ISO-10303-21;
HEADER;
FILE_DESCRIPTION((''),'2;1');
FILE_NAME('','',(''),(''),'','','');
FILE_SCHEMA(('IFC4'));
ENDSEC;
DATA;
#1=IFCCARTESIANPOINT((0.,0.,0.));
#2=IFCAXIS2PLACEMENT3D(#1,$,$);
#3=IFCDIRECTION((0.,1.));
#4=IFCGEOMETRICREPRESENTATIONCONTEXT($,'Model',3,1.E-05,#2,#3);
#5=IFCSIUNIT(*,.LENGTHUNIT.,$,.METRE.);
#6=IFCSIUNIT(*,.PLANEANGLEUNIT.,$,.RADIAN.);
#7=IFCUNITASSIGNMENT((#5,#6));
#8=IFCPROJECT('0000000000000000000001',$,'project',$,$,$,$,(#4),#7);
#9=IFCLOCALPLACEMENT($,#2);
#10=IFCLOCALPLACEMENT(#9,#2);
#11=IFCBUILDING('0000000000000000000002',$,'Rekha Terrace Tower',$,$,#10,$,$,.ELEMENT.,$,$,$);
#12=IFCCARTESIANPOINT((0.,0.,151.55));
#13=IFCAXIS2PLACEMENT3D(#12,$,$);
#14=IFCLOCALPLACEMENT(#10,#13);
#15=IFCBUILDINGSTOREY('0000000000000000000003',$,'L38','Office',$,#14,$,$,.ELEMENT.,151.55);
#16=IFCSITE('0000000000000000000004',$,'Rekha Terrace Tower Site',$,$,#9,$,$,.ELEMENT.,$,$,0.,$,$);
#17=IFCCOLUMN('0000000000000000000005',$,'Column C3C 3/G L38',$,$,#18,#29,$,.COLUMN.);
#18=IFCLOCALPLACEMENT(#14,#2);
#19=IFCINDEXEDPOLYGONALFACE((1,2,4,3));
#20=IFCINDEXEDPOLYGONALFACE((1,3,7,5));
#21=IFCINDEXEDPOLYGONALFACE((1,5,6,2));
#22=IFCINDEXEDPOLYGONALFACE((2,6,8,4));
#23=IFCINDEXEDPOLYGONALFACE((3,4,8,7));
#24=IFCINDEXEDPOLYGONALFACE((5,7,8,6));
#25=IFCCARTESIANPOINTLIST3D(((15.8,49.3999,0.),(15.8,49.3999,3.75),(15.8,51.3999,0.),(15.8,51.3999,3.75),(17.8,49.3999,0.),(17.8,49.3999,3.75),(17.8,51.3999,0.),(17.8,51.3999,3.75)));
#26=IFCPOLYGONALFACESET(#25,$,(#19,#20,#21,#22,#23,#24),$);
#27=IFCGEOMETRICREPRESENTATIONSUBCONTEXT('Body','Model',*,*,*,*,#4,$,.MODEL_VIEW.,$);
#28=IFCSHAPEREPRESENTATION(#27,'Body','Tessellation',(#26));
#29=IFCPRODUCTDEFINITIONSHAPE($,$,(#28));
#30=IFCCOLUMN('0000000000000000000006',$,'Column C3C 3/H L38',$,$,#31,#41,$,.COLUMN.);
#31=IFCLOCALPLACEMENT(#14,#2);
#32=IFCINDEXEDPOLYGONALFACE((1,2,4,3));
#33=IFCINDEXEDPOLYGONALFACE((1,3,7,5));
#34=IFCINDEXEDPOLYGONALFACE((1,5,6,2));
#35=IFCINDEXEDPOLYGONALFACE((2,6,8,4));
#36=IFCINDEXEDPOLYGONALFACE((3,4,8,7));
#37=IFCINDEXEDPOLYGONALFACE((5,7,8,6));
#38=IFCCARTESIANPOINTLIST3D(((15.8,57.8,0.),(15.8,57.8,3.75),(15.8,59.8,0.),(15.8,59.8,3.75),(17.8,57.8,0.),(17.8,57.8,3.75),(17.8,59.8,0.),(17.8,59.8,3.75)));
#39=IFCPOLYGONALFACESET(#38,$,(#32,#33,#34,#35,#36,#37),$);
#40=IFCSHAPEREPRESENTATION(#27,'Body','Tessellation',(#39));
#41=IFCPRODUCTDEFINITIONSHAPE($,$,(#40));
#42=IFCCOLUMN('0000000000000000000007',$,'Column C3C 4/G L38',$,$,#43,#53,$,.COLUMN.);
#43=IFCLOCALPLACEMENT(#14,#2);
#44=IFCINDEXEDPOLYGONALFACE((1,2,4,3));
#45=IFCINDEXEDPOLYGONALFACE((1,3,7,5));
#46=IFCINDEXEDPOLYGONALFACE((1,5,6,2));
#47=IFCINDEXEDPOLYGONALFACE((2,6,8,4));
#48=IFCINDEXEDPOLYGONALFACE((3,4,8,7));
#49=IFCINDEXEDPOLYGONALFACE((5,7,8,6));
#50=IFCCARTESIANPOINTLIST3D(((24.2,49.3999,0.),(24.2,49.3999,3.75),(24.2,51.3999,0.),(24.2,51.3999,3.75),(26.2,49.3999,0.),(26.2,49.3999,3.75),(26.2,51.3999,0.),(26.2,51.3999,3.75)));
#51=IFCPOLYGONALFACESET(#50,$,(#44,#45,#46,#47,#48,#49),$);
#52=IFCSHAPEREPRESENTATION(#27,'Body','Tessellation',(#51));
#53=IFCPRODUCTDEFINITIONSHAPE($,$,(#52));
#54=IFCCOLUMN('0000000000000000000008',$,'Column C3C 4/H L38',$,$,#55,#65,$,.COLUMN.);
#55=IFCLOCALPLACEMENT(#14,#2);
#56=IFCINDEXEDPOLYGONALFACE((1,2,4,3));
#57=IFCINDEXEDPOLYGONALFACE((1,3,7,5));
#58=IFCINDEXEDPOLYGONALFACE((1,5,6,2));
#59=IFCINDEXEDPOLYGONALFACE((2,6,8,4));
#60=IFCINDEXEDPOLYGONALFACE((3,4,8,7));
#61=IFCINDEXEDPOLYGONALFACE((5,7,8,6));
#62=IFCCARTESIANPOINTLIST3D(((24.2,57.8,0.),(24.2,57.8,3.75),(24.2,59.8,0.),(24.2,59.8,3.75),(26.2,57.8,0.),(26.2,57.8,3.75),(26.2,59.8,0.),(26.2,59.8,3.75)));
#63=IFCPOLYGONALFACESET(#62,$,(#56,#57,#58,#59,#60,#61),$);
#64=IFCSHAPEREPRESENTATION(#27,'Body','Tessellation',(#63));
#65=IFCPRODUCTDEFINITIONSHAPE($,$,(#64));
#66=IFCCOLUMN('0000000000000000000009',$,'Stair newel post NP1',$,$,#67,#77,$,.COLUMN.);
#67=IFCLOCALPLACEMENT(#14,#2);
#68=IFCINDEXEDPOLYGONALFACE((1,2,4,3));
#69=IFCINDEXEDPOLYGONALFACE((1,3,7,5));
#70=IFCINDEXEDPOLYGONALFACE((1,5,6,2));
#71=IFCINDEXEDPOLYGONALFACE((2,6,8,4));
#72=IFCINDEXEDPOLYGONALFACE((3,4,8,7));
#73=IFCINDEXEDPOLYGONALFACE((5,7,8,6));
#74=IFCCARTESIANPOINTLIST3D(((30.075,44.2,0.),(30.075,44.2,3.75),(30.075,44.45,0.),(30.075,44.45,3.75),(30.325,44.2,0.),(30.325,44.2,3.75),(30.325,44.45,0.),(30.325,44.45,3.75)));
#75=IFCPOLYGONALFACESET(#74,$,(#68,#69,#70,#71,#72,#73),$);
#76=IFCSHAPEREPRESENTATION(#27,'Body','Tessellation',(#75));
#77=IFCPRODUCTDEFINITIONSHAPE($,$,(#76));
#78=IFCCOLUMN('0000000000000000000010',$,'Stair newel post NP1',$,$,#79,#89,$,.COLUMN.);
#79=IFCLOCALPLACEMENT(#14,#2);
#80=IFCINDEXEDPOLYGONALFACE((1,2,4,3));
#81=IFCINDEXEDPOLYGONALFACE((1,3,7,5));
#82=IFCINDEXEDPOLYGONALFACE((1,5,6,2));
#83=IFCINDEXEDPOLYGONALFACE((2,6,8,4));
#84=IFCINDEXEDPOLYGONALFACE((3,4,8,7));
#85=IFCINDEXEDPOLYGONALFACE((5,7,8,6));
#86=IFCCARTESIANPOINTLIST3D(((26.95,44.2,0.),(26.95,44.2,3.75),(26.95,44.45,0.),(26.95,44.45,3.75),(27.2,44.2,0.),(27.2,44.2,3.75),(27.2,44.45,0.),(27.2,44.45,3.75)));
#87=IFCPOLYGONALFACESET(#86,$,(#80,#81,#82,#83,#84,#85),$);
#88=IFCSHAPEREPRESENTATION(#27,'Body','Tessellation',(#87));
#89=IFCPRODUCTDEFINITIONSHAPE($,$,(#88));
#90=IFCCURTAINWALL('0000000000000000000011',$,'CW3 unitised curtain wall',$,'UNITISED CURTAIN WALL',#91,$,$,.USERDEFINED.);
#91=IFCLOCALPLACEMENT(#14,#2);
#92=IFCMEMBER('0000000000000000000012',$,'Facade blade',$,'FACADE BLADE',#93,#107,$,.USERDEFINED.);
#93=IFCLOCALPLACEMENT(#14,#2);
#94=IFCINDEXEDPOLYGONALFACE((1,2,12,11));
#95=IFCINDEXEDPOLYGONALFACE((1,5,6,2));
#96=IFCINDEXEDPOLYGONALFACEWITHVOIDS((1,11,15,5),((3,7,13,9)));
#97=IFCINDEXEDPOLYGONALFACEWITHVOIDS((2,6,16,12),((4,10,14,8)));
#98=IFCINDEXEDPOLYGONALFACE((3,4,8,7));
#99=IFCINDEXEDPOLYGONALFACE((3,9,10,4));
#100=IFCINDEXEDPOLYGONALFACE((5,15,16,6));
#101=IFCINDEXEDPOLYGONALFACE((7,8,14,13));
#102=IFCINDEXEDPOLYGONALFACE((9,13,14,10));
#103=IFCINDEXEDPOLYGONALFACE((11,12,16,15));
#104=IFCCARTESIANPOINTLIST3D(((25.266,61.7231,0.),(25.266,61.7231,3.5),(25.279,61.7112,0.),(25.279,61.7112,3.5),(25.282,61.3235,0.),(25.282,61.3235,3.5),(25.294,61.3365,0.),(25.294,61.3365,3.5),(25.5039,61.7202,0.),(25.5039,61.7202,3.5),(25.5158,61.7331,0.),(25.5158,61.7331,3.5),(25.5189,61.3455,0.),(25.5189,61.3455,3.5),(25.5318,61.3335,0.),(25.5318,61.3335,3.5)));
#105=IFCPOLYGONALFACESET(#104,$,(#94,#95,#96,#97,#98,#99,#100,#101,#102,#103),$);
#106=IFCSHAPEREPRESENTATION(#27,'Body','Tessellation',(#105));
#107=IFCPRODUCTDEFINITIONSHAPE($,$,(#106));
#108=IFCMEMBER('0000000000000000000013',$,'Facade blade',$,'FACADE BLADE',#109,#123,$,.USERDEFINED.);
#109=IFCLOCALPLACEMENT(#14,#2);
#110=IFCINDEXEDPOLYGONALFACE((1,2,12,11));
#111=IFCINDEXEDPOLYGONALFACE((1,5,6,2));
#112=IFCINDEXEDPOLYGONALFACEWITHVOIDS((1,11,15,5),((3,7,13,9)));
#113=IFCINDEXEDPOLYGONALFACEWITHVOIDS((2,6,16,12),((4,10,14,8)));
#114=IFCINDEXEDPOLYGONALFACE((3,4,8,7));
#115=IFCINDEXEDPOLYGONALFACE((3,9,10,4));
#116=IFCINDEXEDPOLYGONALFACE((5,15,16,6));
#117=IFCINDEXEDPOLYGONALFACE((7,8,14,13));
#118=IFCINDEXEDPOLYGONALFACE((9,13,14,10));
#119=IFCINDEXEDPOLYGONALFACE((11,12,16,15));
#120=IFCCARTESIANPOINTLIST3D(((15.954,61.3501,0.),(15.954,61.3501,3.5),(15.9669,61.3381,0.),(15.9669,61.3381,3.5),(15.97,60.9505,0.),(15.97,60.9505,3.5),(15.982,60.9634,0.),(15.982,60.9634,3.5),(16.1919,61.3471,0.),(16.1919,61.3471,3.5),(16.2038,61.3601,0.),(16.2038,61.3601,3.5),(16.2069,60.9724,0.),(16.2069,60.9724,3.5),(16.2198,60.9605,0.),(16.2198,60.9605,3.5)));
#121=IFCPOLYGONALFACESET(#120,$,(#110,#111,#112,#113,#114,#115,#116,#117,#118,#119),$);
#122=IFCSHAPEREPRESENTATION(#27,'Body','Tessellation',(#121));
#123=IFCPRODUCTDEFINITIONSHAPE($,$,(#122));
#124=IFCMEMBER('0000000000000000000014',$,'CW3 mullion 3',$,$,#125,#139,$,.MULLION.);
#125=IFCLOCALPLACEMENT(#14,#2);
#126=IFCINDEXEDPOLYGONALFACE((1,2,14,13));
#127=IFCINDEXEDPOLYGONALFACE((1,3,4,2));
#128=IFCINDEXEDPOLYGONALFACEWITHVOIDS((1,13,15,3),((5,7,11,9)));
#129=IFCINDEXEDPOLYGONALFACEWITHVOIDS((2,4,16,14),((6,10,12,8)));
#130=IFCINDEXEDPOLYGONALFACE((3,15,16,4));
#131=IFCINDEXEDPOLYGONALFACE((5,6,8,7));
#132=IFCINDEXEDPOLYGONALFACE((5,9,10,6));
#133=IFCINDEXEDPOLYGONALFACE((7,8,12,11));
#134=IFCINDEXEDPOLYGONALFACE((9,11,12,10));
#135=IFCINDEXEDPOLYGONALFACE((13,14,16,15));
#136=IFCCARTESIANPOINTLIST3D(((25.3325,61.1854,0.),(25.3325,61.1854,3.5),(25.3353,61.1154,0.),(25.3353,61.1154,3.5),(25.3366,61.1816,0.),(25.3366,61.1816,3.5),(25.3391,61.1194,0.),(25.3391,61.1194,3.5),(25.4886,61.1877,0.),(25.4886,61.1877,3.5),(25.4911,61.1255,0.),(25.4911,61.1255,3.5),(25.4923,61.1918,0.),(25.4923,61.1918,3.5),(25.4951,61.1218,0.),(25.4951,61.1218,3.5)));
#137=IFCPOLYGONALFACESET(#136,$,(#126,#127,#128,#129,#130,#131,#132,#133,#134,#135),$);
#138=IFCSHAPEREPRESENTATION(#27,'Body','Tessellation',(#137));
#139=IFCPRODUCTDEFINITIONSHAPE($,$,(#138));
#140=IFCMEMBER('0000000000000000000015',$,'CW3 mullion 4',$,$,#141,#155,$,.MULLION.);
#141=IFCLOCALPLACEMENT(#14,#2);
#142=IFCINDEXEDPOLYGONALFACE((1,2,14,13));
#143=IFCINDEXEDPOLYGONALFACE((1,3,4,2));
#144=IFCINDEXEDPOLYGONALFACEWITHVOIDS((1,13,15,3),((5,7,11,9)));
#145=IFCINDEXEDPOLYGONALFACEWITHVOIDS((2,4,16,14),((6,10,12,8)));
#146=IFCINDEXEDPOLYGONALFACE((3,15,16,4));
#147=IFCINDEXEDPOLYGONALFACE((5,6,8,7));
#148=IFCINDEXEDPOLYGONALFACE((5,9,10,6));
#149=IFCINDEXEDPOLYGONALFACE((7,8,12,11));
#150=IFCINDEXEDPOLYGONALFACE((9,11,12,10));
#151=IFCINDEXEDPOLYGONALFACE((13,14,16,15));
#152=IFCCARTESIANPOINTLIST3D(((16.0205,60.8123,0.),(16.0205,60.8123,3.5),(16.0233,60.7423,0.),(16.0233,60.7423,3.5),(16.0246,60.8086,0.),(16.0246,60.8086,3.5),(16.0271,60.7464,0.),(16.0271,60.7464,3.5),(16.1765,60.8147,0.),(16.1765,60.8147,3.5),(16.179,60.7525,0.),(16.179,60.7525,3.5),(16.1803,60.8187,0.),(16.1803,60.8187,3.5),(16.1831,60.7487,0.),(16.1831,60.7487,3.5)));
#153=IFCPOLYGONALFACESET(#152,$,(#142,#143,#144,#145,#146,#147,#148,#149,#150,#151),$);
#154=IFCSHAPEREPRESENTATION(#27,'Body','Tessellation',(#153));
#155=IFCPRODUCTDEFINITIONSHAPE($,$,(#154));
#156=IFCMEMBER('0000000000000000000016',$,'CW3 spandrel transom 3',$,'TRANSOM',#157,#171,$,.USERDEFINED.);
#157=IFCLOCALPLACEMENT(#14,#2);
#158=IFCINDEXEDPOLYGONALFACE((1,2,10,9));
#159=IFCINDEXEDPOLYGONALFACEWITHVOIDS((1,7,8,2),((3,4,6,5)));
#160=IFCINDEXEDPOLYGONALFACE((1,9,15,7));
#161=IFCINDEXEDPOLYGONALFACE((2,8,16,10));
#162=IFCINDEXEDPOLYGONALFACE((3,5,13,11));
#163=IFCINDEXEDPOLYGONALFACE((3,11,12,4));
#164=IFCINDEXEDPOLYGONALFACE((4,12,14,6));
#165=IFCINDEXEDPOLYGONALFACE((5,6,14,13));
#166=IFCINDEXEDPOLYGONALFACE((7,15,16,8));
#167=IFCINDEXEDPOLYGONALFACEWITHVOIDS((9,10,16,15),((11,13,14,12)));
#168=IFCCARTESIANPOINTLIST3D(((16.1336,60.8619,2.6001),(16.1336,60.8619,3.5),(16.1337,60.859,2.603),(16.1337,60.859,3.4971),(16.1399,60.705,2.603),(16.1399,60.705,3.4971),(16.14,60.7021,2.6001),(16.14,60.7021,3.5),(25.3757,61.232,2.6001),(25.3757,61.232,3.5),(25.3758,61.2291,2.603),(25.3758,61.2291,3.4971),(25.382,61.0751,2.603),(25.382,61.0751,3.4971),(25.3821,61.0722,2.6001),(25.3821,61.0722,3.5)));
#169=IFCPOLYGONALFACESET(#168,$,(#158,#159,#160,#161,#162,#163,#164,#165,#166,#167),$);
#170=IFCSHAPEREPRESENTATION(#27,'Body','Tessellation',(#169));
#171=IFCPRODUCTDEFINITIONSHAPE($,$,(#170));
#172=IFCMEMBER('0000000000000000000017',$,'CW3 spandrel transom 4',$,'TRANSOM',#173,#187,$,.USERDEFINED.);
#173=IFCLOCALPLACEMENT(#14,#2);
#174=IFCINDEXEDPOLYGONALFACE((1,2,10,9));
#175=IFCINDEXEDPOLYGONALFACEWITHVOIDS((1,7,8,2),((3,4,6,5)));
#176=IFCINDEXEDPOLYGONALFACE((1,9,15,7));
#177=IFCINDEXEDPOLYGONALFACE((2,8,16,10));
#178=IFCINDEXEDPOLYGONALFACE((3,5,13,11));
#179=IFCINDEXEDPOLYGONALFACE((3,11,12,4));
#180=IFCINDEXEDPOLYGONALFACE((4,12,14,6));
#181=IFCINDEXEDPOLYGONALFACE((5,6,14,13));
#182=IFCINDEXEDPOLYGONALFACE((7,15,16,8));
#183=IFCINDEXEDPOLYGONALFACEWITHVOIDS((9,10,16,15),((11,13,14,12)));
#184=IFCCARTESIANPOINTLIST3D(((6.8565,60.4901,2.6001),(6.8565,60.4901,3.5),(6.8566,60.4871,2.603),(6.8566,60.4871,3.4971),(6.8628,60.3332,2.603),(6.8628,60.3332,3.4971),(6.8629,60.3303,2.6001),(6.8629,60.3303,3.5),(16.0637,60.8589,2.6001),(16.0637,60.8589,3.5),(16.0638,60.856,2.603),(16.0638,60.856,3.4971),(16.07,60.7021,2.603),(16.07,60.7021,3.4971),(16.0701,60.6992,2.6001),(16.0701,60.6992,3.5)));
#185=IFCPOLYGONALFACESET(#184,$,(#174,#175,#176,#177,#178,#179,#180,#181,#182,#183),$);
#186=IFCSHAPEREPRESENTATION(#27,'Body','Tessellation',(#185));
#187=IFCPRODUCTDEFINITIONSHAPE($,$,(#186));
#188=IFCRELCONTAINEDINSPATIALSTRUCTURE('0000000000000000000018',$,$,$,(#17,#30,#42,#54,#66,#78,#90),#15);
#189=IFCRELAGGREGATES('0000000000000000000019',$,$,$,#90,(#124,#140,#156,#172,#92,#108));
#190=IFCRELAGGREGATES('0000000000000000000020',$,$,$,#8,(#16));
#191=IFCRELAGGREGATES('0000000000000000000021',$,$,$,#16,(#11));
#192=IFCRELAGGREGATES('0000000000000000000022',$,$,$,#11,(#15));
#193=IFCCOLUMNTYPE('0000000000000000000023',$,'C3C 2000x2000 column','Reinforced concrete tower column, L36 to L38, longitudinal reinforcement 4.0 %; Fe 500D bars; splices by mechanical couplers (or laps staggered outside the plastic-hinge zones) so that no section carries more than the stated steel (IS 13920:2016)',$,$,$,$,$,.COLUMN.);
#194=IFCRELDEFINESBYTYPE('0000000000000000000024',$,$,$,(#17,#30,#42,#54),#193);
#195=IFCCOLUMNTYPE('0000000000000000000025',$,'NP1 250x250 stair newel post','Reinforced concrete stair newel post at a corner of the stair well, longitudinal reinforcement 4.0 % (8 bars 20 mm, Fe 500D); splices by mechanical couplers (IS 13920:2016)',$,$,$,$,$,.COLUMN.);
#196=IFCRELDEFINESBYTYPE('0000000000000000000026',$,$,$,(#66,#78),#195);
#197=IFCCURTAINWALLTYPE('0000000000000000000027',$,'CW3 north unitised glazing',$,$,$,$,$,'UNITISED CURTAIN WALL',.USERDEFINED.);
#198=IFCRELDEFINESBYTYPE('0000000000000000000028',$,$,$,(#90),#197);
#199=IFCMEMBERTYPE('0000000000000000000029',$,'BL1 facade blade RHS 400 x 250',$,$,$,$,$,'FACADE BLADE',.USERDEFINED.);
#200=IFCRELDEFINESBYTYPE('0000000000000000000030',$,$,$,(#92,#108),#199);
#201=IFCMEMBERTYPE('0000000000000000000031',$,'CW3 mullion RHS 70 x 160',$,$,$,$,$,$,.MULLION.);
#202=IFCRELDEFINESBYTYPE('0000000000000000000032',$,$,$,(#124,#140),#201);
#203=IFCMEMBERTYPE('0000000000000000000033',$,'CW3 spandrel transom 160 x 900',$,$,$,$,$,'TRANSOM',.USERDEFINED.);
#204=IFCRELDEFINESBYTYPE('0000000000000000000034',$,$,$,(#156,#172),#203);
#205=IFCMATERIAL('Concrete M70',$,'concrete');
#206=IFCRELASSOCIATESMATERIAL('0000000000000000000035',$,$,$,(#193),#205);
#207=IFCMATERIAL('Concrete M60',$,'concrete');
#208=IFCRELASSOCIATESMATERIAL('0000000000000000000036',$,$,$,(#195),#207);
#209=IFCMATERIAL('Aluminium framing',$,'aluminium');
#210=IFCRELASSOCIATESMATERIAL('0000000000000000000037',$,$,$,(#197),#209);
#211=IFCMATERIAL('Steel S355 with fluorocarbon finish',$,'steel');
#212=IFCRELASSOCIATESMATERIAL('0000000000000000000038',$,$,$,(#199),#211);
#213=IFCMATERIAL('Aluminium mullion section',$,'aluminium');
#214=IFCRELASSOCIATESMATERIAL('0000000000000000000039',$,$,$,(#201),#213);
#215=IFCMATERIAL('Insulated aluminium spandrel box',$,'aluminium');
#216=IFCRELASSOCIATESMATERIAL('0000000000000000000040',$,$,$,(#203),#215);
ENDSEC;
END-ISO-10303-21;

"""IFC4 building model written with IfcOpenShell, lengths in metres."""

from ifc_helpers import new_model, si_unit, direction, frame, origin, origin_2d, place, context, subcontext, project, spatial, rectangle, hollow_rectangle, extrude, material, material_profile, profile_set, type_object, element, aggregate, save


model = new_model("IFC4")

# Units and contexts
model_context = context("Model", 3, precision=1e-05, world=origin(), true_north=direction((0.0, 1.0)))
body_context = subcontext(model_context, "Body", "Model", "MODEL_VIEW")
ifc_project = project(units=[si_unit("LENGTHUNIT", "METRE"), si_unit("PLANEANGLEUNIT", "RADIAN")], contexts=[model_context])

# Site, building, storey
site_placement = place(None, origin())
site = spatial("IfcSite", under=ifc_project, at=site_placement, Name="Rekha Terrace Tower Site", CompositionType="ELEMENT", RefElevation=0.0)
building_placement = place(site_placement, origin())
building = spatial("IfcBuilding", under=site, at=building_placement, Name="Rekha Terrace Tower", CompositionType="ELEMENT")
storey_placement = place(building_placement, frame((0.0, 0.0, 151.55)))
storey = spatial("IfcBuildingStorey", under=building, at=storey_placement, Name="L38", Description="Office", CompositionType="ELEMENT", Elevation=151.55)

# Columns
ifc_material_1 = material(Name="Concrete M70", Category="concrete")
ifc_material_profile_1 = material_profile(ifc_material_1, rectangle(XDim=2.0, YDim=2.0, at=origin_2d()), Name="RC 2000x2000")
ifc_profile_set_1 = profile_set([ifc_material_profile_1], Name="Concrete M70")
column_type_1 = type_object("IfcColumnType", Name="C3C 2000x2000 column", Description="Reinforced concrete tower column, L36 to L38, longitudinal reinforcement 4.0 %; Fe 500D bars; splices by mechanical couplers (or laps staggered outside the plastic-hinge zones) so that no section carries more than the stated steel (IS 13920:2016)", PredefinedType="COLUMN", material=ifc_profile_set_1)
for number, where, z_axis, x_axis, name in (
    (1, (16.8, 50.3999, 0.0), (0.0, 0.0, 1.0), (1.0, 0.0, 0.0), "Column C3C 3/G L38"),
    (2, (16.8, 58.8, 0.0), (0.0, 0.0, 1.0), (1.0, 0.0, 0.0), "Column C3C 3/H L38"),
    (3, (25.2, 50.3999, 0.0), (0.0, 0.0, 1.0), (1.0, 0.0, 0.0), "Column C3C 4/G L38"),
    (4, (25.2, 58.8, 0.0), (0.0, 0.0, 1.0), (1.0, 0.0, 0.0), "Column C3C 4/H L38"),
):
    element("IfcColumn", number, at=place(storey_placement, frame(where, z_axis=z_axis, x_axis=x_axis)), inside=storey, type_object=column_type_1, Name=name, PredefinedType="COLUMN", context=body_context, shape_type="SweptSolid", body=[
        extrude(rectangle(XDim=2.0, YDim=2.0, at=origin_2d()), origin(), (0.0, 0.0, 1.0), 3.75),
    ])
ifc_material_2 = material(Name="Concrete M60", Category="concrete")
ifc_material_profile_2 = material_profile(ifc_material_2, rectangle(XDim=0.25, YDim=0.25, at=origin_2d()), Name="RC 250x250")
ifc_profile_set_2 = profile_set([ifc_material_profile_2], Name="Concrete M60")
column_type_2 = type_object("IfcColumnType", Name="NP1 250x250 stair newel post", Description="Reinforced concrete stair newel post at a corner of the stair well, longitudinal reinforcement 4.0 % (8 bars 20 mm, Fe 500D); splices by mechanical couplers (IS 13920:2016)", PredefinedType="COLUMN", material=ifc_profile_set_2)
for number, where, z_axis, x_axis, name in (
    (5, (30.2, 44.325, 0.0), (0.0, 0.0, 1.0), (1.0, 0.0, 0.0), "Stair newel post NP1"),
    (6, (27.075, 44.325, 0.0), (0.0, 0.0, 1.0), (1.0, 0.0, 0.0), "Stair newel post NP1"),
):
    element("IfcColumn", number, at=place(storey_placement, frame(where, z_axis=z_axis, x_axis=x_axis)), inside=storey, type_object=column_type_2, Name=name, PredefinedType="COLUMN", context=body_context, shape_type="SweptSolid", body=[
        extrude(rectangle(XDim=0.25, YDim=0.25, at=origin_2d()), origin(), (0.0, 0.0, 1.0), 3.75),
    ])

# Curtain wall, members
ifc_material_3 = material(Name="Aluminium framing", Category="aluminium")
curtain_wall_type = type_object("IfcCurtainWallType", Name="CW3 north unitised glazing", ElementType="UNITISED CURTAIN WALL", PredefinedType="USERDEFINED", material=ifc_material_3)
curtain_wall_placement = place(storey_placement, origin())
curtain_wall = element("IfcCurtainWall", 7, at=curtain_wall_placement, inside=storey, type_object=curtain_wall_type, Name="CW3 unitised curtain wall", ObjectType="UNITISED CURTAIN WALL", PredefinedType="USERDEFINED")
ifc_material_4 = material(Name="Steel S355 with fluorocarbon finish", Category="steel")
ifc_material_profile_3 = material_profile(ifc_material_4, hollow_rectangle(XDim=0.25, YDim=0.3999, WallThickness=0.0125, at=origin_2d()), Name="RHS400x250x12.5")
ifc_profile_set_3 = profile_set([ifc_material_profile_3], Name="Steel S355 with fluorocarbon finish")
member_type_1 = type_object("IfcMemberType", Name="BL1 facade blade RHS 400 x 250", ElementType="FACADE BLADE", PredefinedType="USERDEFINED", material=ifc_profile_set_3)
member_1_placement = place(storey_placement, frame((25.3989, 61.5283, 0.0), z_axis=(0.0, 0.0, 1.0), x_axis=(-0.999198, -0.040032, 0.0)))
member_1 = element("IfcMember", 8, at=member_1_placement, type_object=member_type_1, Name="Facade blade", ObjectType="FACADE BLADE", PredefinedType="USERDEFINED", context=body_context, shape_type="SweptSolid", body=[
    extrude(hollow_rectangle(XDim=0.25, YDim=0.3999, WallThickness=0.0125, at=origin_2d()), origin(), (0.0, 0.0, 1.0), 3.5),
])
member_2_placement = place(storey_placement, frame((16.0869, 61.1553, 0.0), z_axis=(0.0, 0.0, 1.0), x_axis=(-0.999198, -0.040032, 0.0)))
member_2 = element("IfcMember", 9, at=member_2_placement, type_object=member_type_1, Name="Facade blade", ObjectType="FACADE BLADE", PredefinedType="USERDEFINED", context=body_context, shape_type="SweptSolid", body=[
    extrude(hollow_rectangle(XDim=0.25, YDim=0.3999, WallThickness=0.0125, at=origin_2d()), origin(), (0.0, 0.0, 1.0), 3.5),
])
ifc_material_5 = material(Name="Aluminium mullion section", Category="aluminium")
ifc_material_profile_4 = material_profile(ifc_material_5, hollow_rectangle(XDim=0.0701, YDim=0.1599, WallThickness=0.0039, at=origin_2d()), Name="AL RHS 70x160")
ifc_profile_set_4 = profile_set([ifc_material_profile_4], Name="Aluminium mullion section")
member_type_2 = type_object("IfcMemberType", Name="CW3 mullion RHS 70 x 160", PredefinedType="MULLION", material=ifc_profile_set_4)
member_3_placement = place(storey_placement, frame((25.4138, 61.1536, 0.0), z_axis=(0.0, 0.0, 1.0), x_axis=(0.040032, -0.999198, 0.0)))
member_3 = element("IfcMember", 10, at=member_3_placement, type_object=member_type_2, Name="CW3 mullion 3", PredefinedType="MULLION", context=body_context, shape_type="SweptSolid", body=[
    extrude(hollow_rectangle(XDim=0.0701, YDim=0.1599, WallThickness=0.0039, at=origin_2d()), origin(), (0.0, 0.0, 1.0), 3.5),
])
member_4_placement = place(storey_placement, frame((16.1018, 60.7805, 0.0), z_axis=(0.0, 0.0, 1.0), x_axis=(0.040032, -0.999198, 0.0)))
member_4 = element("IfcMember", 11, at=member_4_placement, type_object=member_type_2, Name="CW3 mullion 4", PredefinedType="MULLION", context=body_context, shape_type="SweptSolid", body=[
    extrude(hollow_rectangle(XDim=0.0701, YDim=0.1599, WallThickness=0.0039, at=origin_2d()), origin(), (0.0, 0.0, 1.0), 3.5),
])
ifc_material_6 = material(Name="Insulated aluminium spandrel box", Category="aluminium")
ifc_material_profile_5 = material_profile(ifc_material_6, hollow_rectangle(XDim=0.1599, YDim=0.8999, WallThickness=0.0029, at=origin_2d()), Name="AL SPANDREL BOX 160x900")
ifc_profile_set_5 = profile_set([ifc_material_profile_5], Name="Insulated aluminium spandrel box")
member_type_3 = type_object("IfcMemberType", Name="CW3 spandrel transom 160 x 900", ElementType="TRANSOM", PredefinedType="USERDEFINED", material=ifc_profile_set_5)
member_5_placement = place(storey_placement, frame((25.3789, 61.1521, 3.05), z_axis=(-0.999199, -0.040014, 0.0), x_axis=(0.040014, -0.999199, 0.0)))
member_5 = element("IfcMember", 12, at=member_5_placement, type_object=member_type_3, Name="CW3 spandrel transom 3", ObjectType="TRANSOM", PredefinedType="USERDEFINED", context=body_context, shape_type="SweptSolid", body=[
    extrude(hollow_rectangle(XDim=0.1599, YDim=0.8999, WallThickness=0.0029, at=origin_2d()), origin(), (0.0, 0.0, 1.0), 9.2495),
])
member_6_placement = place(storey_placement, frame((16.0669, 60.7791, 3.05), z_axis=(-0.999198, -0.040034, 0.0), x_axis=(0.040034, -0.999198, 0.0)))
member_6 = element("IfcMember", 13, at=member_6_placement, type_object=member_type_3, Name="CW3 spandrel transom 4", ObjectType="TRANSOM", PredefinedType="USERDEFINED", context=body_context, shape_type="SweptSolid", body=[
    extrude(hollow_rectangle(XDim=0.1599, YDim=0.8999, WallThickness=0.0029, at=origin_2d()), origin(), (0.0, 0.0, 1.0), 9.2146),
])
aggregate(curtain_wall, [member_3, member_4, member_5, member_6, member_1, member_2])

save(model, "model.ifc")
